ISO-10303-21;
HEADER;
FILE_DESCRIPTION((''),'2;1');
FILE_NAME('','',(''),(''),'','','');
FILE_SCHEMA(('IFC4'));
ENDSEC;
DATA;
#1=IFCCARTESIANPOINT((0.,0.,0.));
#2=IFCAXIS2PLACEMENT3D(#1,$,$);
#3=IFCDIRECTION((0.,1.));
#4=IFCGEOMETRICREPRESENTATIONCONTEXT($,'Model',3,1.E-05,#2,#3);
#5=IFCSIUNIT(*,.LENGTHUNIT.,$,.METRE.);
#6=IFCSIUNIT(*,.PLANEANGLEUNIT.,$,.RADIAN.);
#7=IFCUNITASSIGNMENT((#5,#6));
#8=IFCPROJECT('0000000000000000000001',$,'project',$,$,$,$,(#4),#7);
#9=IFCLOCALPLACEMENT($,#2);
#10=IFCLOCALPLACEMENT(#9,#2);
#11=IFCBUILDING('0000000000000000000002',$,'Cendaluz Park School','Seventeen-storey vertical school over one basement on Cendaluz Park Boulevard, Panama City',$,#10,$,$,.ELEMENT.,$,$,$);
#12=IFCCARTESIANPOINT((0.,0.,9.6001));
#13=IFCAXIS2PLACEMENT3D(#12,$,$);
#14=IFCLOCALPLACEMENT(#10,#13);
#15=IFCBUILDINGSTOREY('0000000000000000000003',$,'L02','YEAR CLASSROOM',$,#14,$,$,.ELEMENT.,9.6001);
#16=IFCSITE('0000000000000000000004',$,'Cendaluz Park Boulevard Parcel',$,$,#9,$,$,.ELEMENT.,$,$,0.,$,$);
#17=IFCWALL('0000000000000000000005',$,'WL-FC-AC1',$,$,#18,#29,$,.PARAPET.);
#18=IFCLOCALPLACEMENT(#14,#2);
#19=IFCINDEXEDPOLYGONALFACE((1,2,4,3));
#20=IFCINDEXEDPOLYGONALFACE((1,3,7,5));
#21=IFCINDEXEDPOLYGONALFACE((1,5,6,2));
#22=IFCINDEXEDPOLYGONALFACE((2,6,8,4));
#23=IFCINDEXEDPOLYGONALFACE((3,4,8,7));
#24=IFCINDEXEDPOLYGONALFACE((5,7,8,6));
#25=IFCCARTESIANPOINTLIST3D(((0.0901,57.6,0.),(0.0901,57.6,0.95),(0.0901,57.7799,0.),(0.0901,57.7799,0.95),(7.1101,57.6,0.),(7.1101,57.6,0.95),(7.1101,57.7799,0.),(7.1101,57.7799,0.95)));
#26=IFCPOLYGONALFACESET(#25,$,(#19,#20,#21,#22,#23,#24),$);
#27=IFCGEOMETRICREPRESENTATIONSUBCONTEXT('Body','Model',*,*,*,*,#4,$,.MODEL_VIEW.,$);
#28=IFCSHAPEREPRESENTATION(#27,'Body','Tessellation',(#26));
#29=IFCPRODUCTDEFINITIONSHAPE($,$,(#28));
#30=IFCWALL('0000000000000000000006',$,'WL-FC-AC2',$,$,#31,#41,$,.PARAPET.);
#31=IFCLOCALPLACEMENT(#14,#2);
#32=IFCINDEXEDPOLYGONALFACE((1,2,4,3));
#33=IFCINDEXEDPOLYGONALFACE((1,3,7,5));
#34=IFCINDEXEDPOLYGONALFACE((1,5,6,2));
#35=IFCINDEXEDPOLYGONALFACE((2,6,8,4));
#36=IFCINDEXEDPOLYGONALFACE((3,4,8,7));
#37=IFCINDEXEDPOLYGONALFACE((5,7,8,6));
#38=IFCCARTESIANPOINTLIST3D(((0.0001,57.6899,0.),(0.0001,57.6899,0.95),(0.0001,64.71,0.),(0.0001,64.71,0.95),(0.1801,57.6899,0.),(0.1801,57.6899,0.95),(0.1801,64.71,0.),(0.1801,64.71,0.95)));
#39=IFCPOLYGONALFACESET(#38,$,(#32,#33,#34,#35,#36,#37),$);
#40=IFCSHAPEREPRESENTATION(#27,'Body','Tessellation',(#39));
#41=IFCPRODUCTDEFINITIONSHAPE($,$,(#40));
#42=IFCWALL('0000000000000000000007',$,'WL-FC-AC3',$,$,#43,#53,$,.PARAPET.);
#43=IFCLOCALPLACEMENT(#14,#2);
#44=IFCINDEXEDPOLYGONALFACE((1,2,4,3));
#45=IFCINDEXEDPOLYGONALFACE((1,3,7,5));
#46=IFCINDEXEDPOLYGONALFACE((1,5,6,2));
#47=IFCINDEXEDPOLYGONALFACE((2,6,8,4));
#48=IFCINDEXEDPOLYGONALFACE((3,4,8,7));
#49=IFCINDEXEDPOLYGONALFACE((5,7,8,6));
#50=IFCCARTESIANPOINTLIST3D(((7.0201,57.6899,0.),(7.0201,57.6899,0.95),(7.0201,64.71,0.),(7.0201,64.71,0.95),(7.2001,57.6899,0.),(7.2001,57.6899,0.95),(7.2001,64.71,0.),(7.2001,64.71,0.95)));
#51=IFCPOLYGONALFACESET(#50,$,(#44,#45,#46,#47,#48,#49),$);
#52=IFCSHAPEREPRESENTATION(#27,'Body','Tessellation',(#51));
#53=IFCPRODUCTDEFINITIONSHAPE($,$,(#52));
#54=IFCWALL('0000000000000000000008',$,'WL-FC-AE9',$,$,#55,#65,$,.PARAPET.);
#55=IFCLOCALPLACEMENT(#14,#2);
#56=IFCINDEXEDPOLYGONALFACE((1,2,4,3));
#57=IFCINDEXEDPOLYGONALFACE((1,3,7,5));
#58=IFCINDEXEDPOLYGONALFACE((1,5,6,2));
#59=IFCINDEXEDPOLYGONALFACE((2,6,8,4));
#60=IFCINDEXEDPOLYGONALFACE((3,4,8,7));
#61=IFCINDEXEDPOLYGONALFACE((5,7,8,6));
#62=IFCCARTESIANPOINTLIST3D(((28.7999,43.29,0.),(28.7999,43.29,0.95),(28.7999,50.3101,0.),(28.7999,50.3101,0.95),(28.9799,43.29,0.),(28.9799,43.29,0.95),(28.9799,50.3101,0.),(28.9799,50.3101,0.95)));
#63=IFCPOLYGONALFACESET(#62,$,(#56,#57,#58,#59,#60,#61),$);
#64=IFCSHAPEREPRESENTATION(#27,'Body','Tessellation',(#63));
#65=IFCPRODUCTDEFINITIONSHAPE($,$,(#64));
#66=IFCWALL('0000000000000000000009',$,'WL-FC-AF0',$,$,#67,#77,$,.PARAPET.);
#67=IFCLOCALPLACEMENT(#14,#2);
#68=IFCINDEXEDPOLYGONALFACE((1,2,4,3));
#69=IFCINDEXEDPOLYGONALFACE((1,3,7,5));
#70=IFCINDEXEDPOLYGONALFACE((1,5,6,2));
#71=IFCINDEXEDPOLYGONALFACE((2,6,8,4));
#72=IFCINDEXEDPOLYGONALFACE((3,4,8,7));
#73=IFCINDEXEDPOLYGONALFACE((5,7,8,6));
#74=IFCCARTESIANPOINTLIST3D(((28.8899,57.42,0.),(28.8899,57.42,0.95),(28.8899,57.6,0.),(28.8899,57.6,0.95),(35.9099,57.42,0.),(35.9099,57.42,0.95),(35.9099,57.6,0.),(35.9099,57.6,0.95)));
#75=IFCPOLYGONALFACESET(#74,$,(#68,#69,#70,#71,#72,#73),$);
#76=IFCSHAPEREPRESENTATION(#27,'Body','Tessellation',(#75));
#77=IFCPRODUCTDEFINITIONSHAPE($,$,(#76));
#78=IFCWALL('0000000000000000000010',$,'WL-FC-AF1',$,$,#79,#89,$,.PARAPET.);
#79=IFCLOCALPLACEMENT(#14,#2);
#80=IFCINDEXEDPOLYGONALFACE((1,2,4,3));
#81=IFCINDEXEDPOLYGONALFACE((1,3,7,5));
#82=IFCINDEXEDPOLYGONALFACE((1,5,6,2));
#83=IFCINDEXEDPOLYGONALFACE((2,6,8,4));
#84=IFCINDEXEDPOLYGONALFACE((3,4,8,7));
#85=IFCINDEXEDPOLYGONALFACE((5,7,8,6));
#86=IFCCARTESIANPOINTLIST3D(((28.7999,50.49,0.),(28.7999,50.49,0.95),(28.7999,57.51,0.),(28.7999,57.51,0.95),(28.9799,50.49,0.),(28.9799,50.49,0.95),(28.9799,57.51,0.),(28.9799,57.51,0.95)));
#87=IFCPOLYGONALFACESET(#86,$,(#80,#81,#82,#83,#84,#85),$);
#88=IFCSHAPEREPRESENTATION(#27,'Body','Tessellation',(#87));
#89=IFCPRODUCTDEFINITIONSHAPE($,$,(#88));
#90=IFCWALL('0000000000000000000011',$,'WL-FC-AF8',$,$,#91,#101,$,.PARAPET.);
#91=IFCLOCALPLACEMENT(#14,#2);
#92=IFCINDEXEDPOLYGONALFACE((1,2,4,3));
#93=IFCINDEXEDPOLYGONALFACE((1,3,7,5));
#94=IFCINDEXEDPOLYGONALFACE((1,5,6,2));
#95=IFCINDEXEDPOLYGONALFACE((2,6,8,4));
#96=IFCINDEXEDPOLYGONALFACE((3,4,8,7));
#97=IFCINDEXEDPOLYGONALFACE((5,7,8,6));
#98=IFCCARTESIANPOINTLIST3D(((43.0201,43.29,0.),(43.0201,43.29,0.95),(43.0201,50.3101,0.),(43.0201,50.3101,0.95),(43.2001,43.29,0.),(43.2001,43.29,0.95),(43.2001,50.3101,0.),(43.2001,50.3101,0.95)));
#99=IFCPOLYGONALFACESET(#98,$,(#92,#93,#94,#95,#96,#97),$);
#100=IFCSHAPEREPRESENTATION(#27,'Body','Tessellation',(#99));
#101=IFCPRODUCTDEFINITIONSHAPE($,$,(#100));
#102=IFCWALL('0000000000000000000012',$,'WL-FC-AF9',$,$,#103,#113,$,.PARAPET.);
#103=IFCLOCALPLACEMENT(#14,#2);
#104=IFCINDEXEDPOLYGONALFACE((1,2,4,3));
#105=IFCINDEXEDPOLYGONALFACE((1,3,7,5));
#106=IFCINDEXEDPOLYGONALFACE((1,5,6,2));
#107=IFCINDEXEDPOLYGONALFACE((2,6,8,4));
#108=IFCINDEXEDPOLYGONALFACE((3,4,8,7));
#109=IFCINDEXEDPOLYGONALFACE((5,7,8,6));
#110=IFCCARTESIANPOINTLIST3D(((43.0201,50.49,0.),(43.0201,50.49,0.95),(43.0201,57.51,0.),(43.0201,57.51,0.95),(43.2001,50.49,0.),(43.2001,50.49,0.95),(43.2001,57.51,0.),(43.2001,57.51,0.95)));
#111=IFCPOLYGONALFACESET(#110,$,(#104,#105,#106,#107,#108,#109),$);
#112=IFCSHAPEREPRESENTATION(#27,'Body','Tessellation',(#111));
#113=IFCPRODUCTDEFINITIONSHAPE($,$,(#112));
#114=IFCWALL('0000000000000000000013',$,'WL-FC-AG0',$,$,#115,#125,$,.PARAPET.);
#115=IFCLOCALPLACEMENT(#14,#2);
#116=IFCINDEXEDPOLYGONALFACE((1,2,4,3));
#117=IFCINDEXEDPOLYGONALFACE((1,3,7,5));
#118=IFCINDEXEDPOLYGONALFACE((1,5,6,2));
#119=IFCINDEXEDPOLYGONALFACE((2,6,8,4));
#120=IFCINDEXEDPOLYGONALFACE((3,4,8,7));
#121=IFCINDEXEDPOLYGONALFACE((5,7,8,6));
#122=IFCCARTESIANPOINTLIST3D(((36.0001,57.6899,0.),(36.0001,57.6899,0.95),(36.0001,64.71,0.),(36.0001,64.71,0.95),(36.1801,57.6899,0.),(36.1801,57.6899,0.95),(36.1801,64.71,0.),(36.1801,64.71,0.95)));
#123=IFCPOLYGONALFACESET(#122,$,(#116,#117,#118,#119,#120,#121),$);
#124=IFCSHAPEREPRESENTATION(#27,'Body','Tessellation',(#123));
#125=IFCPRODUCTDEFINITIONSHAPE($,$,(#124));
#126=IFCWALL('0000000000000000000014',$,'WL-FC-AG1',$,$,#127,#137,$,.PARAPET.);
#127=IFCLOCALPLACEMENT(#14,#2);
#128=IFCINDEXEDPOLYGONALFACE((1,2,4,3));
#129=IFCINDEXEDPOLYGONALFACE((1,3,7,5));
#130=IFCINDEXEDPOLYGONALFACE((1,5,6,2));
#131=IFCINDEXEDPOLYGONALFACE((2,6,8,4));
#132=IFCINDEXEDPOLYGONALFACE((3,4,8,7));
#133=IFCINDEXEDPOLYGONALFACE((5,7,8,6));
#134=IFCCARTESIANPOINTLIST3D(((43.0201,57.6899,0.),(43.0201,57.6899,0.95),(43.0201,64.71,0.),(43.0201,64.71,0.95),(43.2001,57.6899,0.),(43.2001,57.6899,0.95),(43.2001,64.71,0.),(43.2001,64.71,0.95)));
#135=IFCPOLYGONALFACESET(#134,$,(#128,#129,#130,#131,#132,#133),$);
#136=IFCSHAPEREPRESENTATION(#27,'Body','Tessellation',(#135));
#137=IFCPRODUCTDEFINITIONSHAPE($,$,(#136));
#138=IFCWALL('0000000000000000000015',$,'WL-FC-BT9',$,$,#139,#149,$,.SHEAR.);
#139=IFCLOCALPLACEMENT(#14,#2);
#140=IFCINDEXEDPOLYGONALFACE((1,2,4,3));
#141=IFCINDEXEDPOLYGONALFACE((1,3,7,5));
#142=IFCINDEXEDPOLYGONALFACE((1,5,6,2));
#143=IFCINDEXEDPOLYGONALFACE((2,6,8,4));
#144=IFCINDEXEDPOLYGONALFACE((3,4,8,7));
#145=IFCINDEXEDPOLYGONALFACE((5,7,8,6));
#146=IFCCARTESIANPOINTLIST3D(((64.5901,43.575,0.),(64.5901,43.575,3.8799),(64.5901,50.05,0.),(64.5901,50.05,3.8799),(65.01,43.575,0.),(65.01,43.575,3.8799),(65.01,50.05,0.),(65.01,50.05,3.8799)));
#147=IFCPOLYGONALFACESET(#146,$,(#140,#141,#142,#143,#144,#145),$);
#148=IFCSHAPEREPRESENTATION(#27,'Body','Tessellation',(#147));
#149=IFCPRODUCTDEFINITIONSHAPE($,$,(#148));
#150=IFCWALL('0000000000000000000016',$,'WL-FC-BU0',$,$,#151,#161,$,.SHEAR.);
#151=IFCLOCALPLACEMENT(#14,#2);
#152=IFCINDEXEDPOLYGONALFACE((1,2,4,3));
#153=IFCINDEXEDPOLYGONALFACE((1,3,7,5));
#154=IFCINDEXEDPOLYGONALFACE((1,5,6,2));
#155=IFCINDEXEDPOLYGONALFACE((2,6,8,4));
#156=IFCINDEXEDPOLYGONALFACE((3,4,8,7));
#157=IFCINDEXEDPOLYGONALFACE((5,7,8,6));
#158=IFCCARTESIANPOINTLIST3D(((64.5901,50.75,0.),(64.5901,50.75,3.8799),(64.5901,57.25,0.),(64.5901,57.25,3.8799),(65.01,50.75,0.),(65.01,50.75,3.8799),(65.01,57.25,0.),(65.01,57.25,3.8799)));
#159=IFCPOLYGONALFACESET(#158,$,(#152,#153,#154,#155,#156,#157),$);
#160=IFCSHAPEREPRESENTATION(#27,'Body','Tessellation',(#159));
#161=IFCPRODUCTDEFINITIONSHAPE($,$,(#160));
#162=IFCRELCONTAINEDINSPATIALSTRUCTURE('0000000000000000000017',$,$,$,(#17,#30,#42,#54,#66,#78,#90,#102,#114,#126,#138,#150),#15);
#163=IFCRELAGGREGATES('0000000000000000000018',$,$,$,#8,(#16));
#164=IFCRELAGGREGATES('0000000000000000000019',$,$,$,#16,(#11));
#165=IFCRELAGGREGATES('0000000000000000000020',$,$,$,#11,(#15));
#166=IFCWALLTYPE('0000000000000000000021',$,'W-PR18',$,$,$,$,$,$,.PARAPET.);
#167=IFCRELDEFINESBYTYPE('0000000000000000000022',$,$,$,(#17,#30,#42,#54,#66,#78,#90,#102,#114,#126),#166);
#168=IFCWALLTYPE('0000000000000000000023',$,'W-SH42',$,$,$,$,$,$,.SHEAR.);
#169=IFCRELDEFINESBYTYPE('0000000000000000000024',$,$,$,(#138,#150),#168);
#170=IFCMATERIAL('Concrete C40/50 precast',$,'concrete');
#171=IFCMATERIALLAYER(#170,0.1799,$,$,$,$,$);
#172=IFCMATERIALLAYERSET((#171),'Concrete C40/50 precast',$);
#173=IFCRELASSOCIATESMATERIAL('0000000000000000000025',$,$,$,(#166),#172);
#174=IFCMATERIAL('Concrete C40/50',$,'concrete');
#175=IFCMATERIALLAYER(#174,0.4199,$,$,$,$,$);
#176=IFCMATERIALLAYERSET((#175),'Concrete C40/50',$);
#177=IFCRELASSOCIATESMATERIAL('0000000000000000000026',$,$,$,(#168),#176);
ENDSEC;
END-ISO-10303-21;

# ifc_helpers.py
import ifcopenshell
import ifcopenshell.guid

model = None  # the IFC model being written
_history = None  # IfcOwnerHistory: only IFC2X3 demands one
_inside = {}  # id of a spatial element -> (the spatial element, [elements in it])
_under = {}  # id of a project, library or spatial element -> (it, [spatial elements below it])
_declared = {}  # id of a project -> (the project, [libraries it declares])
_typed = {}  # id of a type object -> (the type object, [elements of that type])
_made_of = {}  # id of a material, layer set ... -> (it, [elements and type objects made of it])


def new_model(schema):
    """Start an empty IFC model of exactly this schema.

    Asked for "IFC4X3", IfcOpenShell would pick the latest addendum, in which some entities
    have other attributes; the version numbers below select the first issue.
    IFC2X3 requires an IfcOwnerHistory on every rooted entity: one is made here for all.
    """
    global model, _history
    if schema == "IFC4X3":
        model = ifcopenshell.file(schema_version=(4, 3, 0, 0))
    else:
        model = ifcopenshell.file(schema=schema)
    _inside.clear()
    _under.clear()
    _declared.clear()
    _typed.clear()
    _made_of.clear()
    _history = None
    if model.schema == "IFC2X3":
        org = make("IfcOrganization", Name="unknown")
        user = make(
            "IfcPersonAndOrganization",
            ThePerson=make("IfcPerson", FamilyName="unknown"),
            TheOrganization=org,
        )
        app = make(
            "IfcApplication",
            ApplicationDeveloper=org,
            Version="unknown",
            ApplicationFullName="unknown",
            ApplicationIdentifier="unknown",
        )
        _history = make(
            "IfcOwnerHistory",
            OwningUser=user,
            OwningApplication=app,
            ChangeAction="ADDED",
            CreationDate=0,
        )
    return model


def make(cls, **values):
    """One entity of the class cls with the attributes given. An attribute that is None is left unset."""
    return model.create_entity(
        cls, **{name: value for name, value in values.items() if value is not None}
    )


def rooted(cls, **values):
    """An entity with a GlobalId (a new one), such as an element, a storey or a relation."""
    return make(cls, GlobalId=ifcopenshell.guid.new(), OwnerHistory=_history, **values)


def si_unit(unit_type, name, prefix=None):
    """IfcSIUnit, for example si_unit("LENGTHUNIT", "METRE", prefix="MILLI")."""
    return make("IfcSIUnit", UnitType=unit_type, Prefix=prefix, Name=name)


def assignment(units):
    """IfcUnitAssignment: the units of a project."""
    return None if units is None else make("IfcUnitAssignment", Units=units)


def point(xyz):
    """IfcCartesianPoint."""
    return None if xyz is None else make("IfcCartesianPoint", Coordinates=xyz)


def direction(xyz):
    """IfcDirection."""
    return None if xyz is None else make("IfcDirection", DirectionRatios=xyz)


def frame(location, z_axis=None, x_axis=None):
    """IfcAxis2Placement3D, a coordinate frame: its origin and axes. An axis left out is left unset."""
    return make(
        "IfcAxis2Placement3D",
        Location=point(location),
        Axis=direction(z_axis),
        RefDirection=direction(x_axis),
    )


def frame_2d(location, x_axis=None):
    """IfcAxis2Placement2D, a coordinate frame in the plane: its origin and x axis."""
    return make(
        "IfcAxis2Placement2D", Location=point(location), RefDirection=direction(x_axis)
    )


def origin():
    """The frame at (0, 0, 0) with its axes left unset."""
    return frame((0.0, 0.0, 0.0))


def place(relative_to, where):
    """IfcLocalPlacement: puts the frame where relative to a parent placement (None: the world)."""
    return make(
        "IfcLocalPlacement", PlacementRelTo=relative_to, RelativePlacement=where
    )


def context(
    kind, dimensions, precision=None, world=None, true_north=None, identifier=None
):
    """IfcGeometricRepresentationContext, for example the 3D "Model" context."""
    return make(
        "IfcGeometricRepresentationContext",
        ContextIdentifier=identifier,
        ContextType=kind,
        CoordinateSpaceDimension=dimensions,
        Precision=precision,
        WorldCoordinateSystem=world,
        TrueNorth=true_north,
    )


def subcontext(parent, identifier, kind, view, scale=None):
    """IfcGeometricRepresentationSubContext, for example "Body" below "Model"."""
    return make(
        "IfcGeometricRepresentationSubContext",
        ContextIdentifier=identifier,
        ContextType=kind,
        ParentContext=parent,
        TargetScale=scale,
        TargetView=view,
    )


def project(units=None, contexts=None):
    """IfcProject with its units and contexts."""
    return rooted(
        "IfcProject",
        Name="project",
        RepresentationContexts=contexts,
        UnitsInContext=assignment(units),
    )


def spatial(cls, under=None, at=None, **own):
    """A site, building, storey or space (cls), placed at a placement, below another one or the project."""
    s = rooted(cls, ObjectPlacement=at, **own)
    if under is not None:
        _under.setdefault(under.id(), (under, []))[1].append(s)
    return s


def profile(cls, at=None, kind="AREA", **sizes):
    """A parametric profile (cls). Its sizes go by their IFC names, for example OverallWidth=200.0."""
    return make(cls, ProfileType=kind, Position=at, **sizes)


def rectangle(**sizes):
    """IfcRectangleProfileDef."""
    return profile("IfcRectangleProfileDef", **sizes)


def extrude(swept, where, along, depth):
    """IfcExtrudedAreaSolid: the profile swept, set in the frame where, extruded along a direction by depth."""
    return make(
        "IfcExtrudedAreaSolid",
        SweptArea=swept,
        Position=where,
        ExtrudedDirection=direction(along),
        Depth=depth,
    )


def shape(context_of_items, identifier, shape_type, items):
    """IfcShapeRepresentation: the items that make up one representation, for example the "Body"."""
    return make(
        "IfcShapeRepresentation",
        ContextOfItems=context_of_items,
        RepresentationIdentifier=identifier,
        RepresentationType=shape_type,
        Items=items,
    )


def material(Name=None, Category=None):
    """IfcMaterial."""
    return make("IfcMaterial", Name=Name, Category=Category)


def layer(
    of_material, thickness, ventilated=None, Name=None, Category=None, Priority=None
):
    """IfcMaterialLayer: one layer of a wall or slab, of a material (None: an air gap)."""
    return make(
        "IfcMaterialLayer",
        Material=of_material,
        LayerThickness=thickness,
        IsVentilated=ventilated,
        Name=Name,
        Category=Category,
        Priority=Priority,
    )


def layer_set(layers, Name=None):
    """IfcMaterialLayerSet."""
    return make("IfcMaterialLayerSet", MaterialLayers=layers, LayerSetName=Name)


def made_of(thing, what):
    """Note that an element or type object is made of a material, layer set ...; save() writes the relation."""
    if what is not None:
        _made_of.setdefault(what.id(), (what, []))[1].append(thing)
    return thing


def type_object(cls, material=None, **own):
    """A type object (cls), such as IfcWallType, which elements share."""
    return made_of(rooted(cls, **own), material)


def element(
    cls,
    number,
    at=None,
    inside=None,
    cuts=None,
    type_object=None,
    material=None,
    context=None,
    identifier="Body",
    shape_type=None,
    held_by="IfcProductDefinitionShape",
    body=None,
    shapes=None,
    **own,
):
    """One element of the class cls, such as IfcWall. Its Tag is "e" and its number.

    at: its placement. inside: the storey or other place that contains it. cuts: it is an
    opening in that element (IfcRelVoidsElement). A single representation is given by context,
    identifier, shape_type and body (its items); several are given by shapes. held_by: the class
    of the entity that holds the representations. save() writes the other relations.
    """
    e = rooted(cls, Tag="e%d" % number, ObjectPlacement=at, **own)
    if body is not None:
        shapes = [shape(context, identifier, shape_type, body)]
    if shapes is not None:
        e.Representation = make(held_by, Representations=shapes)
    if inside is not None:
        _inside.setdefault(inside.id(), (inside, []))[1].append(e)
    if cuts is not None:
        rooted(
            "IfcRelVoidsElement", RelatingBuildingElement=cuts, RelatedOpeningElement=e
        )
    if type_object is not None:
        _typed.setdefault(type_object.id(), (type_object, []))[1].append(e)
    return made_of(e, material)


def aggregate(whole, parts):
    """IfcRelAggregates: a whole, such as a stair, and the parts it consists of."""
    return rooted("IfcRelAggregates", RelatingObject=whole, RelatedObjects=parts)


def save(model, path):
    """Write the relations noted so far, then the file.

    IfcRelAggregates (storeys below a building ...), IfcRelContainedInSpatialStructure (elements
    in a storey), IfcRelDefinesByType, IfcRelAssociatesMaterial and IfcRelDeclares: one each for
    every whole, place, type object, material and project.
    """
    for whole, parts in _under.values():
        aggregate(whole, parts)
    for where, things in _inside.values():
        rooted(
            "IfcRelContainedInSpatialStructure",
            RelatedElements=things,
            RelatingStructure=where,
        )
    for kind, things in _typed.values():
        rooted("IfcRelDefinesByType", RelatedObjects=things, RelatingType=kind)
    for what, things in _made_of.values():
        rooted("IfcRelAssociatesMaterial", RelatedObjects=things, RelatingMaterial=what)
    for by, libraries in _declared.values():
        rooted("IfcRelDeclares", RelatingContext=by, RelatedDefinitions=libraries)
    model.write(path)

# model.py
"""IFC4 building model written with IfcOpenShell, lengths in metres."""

from ifc_helpers import new_model, si_unit, direction, frame, frame_2d, origin, place, context, subcontext, project, spatial, rectangle, extrude, material, layer, layer_set, type_object, element, save


model = new_model("IFC4")

# Units and contexts
model_context = context("Model", 3, precision=1e-05, world=origin(), true_north=direction((0.0, 1.0)))
body_context = subcontext(model_context, "Body", "Model", "MODEL_VIEW")
ifc_project = project(units=[si_unit("LENGTHUNIT", "METRE"), si_unit("PLANEANGLEUNIT", "RADIAN")], contexts=[model_context])

# Site, building, storey
site_placement = place(None, origin())
site = spatial("IfcSite", under=ifc_project, at=site_placement, Name="Cendaluz Park Boulevard Parcel", CompositionType="ELEMENT", RefElevation=0.0)
building_placement = place(site_placement, origin())
building = spatial("IfcBuilding", under=site, at=building_placement, Name="Cendaluz Park School", Description="Seventeen-storey vertical school over one basement on Cendaluz Park Boulevard, Panama City", CompositionType="ELEMENT")
storey_placement = place(building_placement, frame((0.0, 0.0, 9.6001)))
storey = spatial("IfcBuildingStorey", under=building, at=storey_placement, Name="L02", Description="YEAR CLASSROOM", CompositionType="ELEMENT", Elevation=9.6001)

# Shared definitions
ifc_material_1 = material(Name="Concrete C40/50", Category="concrete")

# Walls
ifc_material_2 = material(Name="Concrete C40/50 precast", Category="concrete")
ifc_layer_1 = layer(ifc_material_2, 0.1799)
ifc_layer_set_1 = layer_set([ifc_layer_1], Name="Concrete C40/50 precast")
wall_type_1 = type_object("IfcWallType", Name="W-PR18", PredefinedType="PARAPET", material=ifc_layer_set_1)
for number, where, z_axis, x_axis, name in (
    (1, (0.0901, 57.6899, 0.0), (0.0, 0.0, 1.0), (1.0, 0.0, 0.0), "WL-FC-AC1"),
    (2, (0.0901, 57.6899, 0.0), (0.0, 0.0, 1.0), (0.0, 1.0, 0.0), "WL-FC-AC2"),
    (3, (7.1101, 57.6899, 0.0), (0.0, 0.0, 1.0), (0.0, 1.0, 0.0), "WL-FC-AC3"),
    (4, (28.8899, 43.29, 0.0), (0.0, 0.0, 1.0), (0.0, 1.0, 0.0), "WL-FC-AE9"),
    (5, (28.8899, 57.51, 0.0), (0.0, 0.0, 1.0), (1.0, 0.0, 0.0), "WL-FC-AF0"),
    (6, (28.8899, 50.49, 0.0), (0.0, 0.0, 1.0), (0.0, 1.0, 0.0), "WL-FC-AF1"),
    (7, (43.1101, 43.29, 0.0), (0.0, 0.0, 1.0), (0.0, 1.0, 0.0), "WL-FC-AF8"),
    (8, (43.1101, 50.49, 0.0), (0.0, 0.0, 1.0), (0.0, 1.0, 0.0), "WL-FC-AF9"),
    (9, (36.0901, 57.6899, 0.0), (0.0, 0.0, 1.0), (0.0, 1.0, 0.0), "WL-FC-AG0"),
    (10, (43.1101, 57.6899, 0.0), (0.0, 0.0, 1.0), (0.0, 1.0, 0.0), "WL-FC-AG1"),
):
    element("IfcWall", number, at=place(storey_placement, frame(where, z_axis=z_axis, x_axis=x_axis)), inside=storey, type_object=wall_type_1, Name=name, PredefinedType="PARAPET", context=body_context, shape_type="SweptSolid", body=[
        extrude(rectangle(XDim=7.02, YDim=0.1799, at=frame_2d((3.51, 0.0))), origin(), (0.0, 0.0, 1.0), 0.95),
    ])
ifc_layer_2 = layer(ifc_material_1, 0.4199)
ifc_layer_set_2 = layer_set([ifc_layer_2], Name="Concrete C40/50")
wall_type_2 = type_object("IfcWallType", Name="W-SH42", PredefinedType="SHEAR", material=ifc_layer_set_2)
wall_1_placement = place(storey_placement, frame((64.8, 43.575, 0.0), z_axis=(0.0, 0.0, 1.0), x_axis=(0.0, 1.0, 0.0)))
element("IfcWall", 11, at=wall_1_placement, inside=storey, type_object=wall_type_2, Name="WL-FC-BT9", PredefinedType="SHEAR", context=body_context, shape_type="SweptSolid", body=[
    extrude(rectangle(XDim=6.4751, YDim=0.4199, at=frame_2d((3.2375, 0.0))), origin(), (0.0, 0.0, 1.0), 3.8799),
])
wall_2_placement = place(storey_placement, frame((64.8, 50.75, 0.0), z_axis=(0.0, 0.0, 1.0), x_axis=(0.0, 1.0, 0.0)))
element("IfcWall", 12, at=wall_2_placement, inside=storey, type_object=wall_type_2, Name="WL-FC-BU0", PredefinedType="SHEAR", context=body_context, shape_type="SweptSolid", body=[
    extrude(rectangle(XDim=6.5, YDim=0.4199, at=frame_2d((3.25, 0.0))), origin(), (0.0, 0.0, 1.0), 3.8799),
])

save(model, "model.ifc")
